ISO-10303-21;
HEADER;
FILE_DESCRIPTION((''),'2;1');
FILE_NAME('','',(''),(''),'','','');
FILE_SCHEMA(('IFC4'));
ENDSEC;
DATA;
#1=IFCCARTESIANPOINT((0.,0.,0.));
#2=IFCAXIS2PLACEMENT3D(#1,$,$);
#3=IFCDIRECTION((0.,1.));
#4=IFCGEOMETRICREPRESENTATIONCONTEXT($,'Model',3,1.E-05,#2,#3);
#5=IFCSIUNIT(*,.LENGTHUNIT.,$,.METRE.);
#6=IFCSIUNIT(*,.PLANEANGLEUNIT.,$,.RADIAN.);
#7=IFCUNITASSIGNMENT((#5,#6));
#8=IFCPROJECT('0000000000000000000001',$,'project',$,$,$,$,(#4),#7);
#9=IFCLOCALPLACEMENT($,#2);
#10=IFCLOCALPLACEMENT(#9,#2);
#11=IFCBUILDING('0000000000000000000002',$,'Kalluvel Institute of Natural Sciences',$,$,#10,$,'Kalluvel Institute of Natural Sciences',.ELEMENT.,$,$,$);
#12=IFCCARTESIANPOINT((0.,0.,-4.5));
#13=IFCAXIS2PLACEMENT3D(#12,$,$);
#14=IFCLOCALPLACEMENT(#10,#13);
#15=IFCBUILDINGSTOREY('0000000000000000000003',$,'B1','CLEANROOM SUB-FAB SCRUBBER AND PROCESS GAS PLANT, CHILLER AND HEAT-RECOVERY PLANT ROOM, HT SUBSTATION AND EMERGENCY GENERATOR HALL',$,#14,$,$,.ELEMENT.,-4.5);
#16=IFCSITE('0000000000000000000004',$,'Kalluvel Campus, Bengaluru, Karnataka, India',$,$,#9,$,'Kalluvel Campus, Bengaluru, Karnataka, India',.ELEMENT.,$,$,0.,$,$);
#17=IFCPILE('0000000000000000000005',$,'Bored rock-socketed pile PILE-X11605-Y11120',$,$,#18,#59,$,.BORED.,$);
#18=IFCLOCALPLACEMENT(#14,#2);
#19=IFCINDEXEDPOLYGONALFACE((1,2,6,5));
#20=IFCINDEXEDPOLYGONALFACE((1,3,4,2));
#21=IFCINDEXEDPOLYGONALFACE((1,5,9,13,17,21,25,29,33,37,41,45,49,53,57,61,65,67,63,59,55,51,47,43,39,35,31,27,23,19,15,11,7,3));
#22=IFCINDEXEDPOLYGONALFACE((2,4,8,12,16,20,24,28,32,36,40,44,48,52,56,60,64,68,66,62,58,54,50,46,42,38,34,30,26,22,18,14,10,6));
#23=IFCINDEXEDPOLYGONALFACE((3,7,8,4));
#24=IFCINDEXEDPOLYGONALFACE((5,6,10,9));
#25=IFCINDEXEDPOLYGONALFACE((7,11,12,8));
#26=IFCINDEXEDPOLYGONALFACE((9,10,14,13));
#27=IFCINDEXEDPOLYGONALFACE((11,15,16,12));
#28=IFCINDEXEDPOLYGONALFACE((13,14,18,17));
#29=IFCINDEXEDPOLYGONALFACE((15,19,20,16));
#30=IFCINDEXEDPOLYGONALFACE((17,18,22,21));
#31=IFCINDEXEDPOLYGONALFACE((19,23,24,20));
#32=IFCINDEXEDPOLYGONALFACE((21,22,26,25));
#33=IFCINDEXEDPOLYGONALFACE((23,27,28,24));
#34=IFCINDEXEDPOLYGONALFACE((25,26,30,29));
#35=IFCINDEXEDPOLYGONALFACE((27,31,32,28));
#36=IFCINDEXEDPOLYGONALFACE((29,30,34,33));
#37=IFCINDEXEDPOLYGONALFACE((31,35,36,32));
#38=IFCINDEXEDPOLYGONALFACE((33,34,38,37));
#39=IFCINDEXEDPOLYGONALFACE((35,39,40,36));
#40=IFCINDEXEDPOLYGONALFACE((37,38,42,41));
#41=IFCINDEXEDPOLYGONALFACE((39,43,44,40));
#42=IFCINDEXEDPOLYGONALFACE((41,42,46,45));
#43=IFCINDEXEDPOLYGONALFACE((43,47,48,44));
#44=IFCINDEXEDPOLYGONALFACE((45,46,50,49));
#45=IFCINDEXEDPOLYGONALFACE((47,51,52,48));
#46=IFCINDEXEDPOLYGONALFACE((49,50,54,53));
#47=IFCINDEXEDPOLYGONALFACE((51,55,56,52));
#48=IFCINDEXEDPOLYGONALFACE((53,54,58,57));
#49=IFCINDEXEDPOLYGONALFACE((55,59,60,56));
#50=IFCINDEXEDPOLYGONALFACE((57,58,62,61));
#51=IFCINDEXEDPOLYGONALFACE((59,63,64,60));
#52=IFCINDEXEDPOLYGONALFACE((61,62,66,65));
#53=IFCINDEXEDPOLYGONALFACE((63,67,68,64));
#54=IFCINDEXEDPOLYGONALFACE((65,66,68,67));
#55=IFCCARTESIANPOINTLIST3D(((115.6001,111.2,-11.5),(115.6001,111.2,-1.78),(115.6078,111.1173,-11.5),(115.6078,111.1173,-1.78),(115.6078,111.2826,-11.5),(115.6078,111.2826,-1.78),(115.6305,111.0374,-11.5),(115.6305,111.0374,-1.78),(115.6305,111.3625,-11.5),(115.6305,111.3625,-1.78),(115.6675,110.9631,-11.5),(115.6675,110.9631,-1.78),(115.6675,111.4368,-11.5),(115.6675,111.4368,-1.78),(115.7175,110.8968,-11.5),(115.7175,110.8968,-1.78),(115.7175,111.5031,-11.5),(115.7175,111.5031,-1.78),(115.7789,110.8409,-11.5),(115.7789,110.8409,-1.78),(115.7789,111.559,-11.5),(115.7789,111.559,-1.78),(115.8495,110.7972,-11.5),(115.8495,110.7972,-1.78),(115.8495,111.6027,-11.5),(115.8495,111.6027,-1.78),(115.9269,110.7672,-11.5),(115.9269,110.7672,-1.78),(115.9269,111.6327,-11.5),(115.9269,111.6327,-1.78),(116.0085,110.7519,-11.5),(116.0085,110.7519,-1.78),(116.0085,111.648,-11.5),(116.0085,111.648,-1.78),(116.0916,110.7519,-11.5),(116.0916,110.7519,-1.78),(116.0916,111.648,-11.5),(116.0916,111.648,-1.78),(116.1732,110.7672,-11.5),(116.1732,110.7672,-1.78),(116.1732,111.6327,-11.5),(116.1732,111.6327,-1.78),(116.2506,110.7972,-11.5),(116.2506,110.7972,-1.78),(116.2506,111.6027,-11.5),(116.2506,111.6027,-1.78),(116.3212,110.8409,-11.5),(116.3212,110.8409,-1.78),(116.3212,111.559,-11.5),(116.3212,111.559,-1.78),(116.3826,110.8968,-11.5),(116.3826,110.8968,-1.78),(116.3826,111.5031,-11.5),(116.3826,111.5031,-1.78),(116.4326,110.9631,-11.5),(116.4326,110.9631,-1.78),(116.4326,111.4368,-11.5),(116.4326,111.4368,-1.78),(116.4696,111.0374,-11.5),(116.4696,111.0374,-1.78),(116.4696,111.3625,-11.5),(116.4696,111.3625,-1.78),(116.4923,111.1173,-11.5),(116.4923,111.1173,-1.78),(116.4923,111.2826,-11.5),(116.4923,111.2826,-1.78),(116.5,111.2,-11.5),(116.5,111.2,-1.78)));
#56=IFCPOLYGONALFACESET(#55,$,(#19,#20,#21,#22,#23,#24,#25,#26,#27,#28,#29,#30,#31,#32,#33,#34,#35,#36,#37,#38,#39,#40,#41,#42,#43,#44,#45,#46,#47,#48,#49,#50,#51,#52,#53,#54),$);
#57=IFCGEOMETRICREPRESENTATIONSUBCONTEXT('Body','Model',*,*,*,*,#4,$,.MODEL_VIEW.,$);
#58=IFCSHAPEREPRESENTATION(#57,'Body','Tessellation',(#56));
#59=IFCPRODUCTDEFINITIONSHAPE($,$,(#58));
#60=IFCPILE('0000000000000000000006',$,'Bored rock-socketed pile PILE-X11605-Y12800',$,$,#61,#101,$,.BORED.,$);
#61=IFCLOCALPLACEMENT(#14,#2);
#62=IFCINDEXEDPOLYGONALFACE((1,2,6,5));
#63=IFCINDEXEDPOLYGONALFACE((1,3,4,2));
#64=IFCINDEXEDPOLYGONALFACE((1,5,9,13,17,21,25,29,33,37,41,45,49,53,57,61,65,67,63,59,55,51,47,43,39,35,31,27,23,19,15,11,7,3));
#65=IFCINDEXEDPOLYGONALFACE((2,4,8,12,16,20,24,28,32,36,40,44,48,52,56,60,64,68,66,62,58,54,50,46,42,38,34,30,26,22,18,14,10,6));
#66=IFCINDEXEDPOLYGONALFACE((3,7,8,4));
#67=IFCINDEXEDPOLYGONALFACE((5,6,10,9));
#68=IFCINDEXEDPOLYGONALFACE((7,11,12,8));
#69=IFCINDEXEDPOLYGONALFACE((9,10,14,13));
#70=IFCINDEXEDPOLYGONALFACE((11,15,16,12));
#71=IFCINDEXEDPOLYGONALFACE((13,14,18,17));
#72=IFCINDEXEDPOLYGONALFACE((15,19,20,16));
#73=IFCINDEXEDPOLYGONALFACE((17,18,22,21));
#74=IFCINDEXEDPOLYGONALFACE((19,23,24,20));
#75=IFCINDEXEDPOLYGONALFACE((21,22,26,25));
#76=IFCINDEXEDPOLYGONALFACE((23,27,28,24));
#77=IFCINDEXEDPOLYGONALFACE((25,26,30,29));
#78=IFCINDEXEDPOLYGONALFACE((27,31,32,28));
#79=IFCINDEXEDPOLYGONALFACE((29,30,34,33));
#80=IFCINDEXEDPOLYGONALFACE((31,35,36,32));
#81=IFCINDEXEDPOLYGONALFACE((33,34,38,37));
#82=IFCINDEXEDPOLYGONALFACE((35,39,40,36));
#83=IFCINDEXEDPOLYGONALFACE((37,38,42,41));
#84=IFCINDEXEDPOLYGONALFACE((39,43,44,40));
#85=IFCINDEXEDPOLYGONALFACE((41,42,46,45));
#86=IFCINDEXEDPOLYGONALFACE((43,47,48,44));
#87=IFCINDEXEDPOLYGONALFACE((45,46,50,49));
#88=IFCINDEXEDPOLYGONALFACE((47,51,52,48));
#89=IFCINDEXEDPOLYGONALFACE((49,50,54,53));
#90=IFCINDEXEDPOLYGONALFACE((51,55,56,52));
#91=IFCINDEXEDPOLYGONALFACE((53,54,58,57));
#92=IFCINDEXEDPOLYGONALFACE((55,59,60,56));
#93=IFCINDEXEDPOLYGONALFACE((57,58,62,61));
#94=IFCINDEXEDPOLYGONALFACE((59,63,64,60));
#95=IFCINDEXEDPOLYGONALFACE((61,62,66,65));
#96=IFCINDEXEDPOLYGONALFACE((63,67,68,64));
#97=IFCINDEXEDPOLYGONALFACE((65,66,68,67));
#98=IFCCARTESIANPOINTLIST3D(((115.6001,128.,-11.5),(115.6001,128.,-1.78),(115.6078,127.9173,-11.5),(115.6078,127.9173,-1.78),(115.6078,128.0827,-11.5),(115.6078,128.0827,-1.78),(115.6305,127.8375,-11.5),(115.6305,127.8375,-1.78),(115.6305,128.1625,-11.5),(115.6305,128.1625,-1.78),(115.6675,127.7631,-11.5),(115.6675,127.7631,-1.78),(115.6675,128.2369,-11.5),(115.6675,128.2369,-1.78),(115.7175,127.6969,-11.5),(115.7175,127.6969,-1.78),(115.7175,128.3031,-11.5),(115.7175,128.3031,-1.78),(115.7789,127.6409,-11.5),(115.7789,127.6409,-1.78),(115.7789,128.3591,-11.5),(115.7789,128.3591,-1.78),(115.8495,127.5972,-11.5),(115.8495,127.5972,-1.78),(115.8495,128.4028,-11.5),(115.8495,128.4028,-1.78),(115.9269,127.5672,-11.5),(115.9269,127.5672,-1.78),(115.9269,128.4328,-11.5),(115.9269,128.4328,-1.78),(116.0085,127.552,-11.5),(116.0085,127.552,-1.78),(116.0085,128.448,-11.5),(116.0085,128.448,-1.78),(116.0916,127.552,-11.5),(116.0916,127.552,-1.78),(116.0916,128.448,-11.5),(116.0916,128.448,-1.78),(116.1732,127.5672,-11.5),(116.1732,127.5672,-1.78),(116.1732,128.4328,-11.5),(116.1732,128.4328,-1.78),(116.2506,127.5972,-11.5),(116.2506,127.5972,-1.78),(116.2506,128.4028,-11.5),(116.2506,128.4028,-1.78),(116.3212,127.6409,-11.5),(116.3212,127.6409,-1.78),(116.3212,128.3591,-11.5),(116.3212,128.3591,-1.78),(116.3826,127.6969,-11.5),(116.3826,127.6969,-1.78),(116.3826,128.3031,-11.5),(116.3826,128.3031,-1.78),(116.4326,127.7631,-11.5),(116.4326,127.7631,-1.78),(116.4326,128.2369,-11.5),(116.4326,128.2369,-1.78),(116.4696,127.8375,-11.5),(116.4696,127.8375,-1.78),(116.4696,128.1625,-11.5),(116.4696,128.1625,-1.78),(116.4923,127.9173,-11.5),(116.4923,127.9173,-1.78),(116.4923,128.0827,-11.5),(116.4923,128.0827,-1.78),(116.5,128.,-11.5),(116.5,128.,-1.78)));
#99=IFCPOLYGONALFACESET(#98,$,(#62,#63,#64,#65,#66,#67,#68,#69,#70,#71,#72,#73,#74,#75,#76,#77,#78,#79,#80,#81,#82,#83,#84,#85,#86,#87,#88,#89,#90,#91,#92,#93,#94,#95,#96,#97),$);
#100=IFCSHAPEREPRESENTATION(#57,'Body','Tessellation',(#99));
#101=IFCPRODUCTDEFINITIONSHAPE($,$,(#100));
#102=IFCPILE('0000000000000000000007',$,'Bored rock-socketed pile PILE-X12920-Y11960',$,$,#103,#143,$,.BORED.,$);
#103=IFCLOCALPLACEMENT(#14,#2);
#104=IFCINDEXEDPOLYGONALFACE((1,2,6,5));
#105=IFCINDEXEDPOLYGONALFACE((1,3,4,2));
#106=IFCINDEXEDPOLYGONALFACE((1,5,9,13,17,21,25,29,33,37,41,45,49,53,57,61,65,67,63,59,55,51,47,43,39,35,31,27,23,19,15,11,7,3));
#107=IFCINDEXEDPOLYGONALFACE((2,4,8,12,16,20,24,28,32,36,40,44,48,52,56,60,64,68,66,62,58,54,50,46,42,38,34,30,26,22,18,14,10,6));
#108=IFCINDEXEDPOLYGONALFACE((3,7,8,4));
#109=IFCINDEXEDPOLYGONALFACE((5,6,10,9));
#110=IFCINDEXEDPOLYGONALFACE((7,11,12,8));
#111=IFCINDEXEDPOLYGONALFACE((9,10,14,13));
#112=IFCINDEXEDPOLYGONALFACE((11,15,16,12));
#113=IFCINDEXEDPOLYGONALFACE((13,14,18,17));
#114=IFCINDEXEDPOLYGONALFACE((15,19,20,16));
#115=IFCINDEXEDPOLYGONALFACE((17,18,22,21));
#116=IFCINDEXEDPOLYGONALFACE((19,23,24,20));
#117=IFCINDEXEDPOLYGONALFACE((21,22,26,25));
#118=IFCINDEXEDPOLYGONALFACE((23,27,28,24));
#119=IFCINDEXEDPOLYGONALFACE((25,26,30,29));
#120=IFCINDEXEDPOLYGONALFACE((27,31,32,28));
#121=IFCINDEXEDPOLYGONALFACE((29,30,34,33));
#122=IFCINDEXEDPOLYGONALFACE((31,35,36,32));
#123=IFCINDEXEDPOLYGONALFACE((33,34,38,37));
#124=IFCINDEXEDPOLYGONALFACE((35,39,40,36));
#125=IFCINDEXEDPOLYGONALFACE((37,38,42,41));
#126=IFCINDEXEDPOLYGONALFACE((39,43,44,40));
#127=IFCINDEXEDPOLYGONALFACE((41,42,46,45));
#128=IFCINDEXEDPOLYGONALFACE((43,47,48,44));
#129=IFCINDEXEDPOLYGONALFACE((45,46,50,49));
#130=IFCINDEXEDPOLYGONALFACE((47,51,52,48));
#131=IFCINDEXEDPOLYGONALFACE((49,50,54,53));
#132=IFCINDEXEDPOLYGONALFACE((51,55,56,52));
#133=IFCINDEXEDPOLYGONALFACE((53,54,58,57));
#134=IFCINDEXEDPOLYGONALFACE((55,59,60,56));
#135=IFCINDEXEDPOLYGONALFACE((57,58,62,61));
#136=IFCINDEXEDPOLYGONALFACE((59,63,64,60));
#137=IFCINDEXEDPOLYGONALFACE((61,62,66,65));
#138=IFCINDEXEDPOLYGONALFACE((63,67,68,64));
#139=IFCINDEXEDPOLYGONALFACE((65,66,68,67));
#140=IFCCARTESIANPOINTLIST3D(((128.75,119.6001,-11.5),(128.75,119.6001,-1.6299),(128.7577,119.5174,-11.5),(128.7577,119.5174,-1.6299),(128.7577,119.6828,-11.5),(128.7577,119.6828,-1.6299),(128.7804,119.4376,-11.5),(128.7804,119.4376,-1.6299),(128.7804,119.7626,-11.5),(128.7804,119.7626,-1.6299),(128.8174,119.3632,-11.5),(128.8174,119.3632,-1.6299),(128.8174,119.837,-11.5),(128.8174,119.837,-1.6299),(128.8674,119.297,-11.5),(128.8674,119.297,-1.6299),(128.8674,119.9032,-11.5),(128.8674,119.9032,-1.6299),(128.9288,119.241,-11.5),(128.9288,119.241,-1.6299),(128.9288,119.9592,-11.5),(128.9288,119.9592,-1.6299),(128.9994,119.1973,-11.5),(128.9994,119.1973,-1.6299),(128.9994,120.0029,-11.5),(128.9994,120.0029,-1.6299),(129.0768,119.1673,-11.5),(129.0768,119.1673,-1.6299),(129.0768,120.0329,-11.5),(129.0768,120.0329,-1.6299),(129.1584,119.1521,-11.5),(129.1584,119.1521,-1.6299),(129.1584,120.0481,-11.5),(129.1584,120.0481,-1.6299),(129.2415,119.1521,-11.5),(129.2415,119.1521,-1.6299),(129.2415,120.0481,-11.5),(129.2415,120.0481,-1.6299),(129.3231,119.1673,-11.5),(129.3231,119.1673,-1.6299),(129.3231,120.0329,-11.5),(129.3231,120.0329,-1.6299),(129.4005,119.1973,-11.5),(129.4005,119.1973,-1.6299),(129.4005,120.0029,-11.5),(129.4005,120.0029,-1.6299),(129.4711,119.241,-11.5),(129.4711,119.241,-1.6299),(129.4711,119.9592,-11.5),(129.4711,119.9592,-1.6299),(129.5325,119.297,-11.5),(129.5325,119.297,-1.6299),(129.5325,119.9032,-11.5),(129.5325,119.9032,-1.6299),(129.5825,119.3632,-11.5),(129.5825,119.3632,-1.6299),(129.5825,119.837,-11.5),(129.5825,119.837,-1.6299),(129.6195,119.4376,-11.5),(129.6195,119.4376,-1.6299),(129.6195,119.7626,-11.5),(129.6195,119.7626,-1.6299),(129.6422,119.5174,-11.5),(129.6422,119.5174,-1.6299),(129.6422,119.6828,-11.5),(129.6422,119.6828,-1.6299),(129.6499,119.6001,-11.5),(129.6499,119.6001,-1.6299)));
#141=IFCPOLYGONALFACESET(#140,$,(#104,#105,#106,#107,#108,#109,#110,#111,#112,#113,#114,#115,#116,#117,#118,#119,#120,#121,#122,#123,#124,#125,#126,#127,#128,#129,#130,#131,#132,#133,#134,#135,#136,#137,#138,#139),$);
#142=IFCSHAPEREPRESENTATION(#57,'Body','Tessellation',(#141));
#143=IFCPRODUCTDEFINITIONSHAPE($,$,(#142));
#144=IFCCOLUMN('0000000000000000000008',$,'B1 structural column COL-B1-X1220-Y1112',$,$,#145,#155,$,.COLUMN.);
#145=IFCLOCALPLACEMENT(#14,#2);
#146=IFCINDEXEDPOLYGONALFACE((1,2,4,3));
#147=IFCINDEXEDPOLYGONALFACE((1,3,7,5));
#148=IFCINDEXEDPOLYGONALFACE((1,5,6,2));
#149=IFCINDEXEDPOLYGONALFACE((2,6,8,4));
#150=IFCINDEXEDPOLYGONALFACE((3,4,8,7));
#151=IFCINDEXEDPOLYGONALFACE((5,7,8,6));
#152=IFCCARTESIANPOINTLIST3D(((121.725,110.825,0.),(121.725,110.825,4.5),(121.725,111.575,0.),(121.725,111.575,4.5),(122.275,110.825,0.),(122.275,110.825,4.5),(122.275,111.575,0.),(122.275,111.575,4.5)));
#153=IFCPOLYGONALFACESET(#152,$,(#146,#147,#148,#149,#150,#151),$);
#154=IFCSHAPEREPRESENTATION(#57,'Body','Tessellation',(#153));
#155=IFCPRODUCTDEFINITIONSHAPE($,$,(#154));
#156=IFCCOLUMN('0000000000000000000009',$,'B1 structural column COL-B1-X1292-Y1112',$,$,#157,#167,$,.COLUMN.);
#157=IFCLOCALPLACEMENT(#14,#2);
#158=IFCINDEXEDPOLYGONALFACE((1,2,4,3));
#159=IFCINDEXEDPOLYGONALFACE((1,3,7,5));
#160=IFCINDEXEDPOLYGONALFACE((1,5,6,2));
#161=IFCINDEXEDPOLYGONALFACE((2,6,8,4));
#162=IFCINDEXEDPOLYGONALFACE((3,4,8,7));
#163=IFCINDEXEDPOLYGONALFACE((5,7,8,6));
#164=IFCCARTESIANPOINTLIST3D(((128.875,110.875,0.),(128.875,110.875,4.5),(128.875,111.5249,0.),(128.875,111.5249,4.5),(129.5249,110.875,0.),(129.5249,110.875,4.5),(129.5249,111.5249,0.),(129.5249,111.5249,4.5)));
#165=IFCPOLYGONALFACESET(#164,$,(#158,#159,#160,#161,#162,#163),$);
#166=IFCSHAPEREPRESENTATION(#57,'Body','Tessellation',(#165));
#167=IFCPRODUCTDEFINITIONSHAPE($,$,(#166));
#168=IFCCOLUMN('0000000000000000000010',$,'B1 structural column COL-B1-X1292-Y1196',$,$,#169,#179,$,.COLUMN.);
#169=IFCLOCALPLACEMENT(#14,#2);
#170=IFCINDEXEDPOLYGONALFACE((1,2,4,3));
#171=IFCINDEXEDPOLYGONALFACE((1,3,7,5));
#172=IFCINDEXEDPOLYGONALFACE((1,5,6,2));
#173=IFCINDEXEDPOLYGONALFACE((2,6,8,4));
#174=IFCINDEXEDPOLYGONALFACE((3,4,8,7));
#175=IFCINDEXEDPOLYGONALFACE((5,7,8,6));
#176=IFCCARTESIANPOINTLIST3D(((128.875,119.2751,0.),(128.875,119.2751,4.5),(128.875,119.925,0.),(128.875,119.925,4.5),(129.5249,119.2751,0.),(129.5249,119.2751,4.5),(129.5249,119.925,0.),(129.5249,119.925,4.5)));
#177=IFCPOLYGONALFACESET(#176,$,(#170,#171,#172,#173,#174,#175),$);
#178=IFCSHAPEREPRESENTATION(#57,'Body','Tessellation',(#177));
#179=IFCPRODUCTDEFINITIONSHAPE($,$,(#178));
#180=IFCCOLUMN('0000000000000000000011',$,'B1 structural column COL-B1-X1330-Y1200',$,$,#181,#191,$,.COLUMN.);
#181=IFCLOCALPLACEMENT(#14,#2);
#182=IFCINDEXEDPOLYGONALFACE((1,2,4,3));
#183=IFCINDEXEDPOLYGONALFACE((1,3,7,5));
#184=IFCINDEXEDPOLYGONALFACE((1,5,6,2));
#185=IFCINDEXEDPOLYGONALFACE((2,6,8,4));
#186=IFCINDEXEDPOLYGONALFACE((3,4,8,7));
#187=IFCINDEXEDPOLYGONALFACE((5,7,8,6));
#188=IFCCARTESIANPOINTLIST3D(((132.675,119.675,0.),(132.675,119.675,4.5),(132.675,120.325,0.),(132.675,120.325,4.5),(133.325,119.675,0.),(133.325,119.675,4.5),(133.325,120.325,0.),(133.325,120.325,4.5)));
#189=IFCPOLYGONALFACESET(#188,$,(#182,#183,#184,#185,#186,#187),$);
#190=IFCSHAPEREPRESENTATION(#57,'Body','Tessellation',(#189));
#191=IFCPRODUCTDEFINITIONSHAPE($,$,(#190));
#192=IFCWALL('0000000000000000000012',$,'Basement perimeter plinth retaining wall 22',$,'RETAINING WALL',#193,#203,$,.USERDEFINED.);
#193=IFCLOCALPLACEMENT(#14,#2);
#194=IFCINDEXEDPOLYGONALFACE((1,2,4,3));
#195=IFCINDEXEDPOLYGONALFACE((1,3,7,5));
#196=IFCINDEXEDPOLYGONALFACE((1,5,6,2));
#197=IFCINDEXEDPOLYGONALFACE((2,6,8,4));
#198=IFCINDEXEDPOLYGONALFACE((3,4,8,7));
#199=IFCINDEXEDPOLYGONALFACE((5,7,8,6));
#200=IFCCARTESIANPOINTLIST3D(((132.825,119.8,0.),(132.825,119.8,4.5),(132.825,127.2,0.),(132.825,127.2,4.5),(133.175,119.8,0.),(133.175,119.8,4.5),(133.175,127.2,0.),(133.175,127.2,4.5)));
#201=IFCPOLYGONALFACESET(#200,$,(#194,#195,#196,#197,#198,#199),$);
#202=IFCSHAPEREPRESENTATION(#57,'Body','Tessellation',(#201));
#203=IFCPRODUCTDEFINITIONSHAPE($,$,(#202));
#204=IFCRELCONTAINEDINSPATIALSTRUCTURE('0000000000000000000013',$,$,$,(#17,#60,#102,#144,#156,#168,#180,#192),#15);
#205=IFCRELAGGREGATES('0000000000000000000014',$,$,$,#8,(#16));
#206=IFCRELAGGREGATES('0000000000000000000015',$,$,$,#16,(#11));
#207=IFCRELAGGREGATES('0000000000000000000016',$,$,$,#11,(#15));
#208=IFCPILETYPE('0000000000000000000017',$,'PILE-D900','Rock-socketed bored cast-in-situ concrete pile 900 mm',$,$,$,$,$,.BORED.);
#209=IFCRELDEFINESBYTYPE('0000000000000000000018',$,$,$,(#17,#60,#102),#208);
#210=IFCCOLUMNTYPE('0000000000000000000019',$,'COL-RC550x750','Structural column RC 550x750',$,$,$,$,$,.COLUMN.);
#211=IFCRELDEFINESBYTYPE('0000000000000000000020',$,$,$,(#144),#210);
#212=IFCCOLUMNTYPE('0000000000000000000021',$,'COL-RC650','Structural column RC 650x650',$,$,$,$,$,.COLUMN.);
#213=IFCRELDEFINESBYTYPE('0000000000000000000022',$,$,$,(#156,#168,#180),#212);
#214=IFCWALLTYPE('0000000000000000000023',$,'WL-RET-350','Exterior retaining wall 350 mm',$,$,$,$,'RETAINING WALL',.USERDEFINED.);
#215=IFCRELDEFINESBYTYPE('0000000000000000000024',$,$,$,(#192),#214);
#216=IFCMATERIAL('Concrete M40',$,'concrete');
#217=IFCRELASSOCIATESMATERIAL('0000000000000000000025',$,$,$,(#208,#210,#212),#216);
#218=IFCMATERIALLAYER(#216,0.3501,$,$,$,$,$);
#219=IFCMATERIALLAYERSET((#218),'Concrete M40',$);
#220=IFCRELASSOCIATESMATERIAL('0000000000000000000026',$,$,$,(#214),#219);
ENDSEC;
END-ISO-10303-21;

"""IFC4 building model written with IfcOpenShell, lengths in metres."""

from ifc_helpers import new_model, si_unit, direction, frame, frame_2d, origin, origin_2d, place, context, subcontext, project, spatial, rectangle, circle, extrude, material, layer, layer_set, material_profile, profile_set, type_object, element, save


model = new_model("IFC4")

# Units and contexts
model_context = context("Model", 3, precision=1e-05, world=origin(), true_north=direction((0.0, 1.0)))
body_context = subcontext(model_context, "Body", "Model", "MODEL_VIEW")
ifc_project = project(units=[si_unit("LENGTHUNIT", "METRE"), si_unit("PLANEANGLEUNIT", "RADIAN")], contexts=[model_context])

# Site, building, storey
site_placement = place(None, origin())
site = spatial("IfcSite", under=ifc_project, at=site_placement, Name="Kalluvel Campus, Bengaluru, Karnataka, India", LongName="Kalluvel Campus, Bengaluru, Karnataka, India", CompositionType="ELEMENT", RefElevation=0.0)
building_placement = place(site_placement, origin())
building = spatial("IfcBuilding", under=site, at=building_placement, Name="Kalluvel Institute of Natural Sciences", LongName="Kalluvel Institute of Natural Sciences", CompositionType="ELEMENT")
storey_placement = place(building_placement, frame((0.0, 0.0, -4.5)))
storey = spatial("IfcBuildingStorey", under=building, at=storey_placement, Name="B1", Description="CLEANROOM SUB-FAB SCRUBBER AND PROCESS GAS PLANT, CHILLER AND HEAT-RECOVERY PLANT ROOM, HT SUBSTATION AND EMERGENCY GENERATOR HALL", CompositionType="ELEMENT", Elevation=-4.5)

# Shared definitions
ifc_material = material(Name="Concrete M40", Category="concrete")

# Piles
ifc_material_profile_1 = material_profile(ifc_material, circle(Radius=0.45, at=origin_2d()), Name="PILE D900")
ifc_profile_set_1 = profile_set([ifc_material_profile_1], Name="Concrete M40")
pile_type_1 = type_object("IfcPileType", Name="PILE-D900", Description="Rock-socketed bored cast-in-situ concrete pile 900 mm", PredefinedType="BORED", material=ifc_profile_set_1)
for number, where, z_axis, x_axis, name in (
    (1, (116.05, 111.2, -1.78), (0.0, 0.0, -1.0), (1.0, 0.0, 0.0), "Bored rock-socketed pile PILE-X11605-Y11120"),
    (2, (116.05, 128.0, -1.78), (0.0, 0.0, -1.0), (1.0, 0.0, 0.0), "Bored rock-socketed pile PILE-X11605-Y12800"),
):
    element("IfcPile", number, at=place(storey_placement, frame(where, z_axis=z_axis, x_axis=x_axis)), inside=storey, type_object=pile_type_1, Name=name, PredefinedType="BORED", context=body_context, shape_type="SweptSolid", body=[
        extrude(circle(Radius=0.45, at=origin_2d()), origin(), (0.0, 0.0, 1.0), 9.72),
    ])
pile_1_placement = place(storey_placement, frame((129.2, 119.6001, -1.6299), z_axis=(0.0, 0.0, -1.0), x_axis=(1.0, 0.0, 0.0)))
element("IfcPile", 3, at=pile_1_placement, inside=storey, type_object=pile_type_1, Name="Bored rock-socketed pile PILE-X12920-Y11960", PredefinedType="BORED", context=body_context, shape_type="SweptSolid", body=[
    extrude(circle(Radius=0.45, at=origin_2d()), origin(), (0.0, 0.0, 1.0), 9.8701),
])

# Columns
ifc_material_profile_2 = material_profile(ifc_material, rectangle(XDim=0.55, YDim=0.75, at=origin_2d()), Name="RC 550x750")
ifc_profile_set_2 = profile_set([ifc_material_profile_2], Name="Concrete M40")
column_type_1 = type_object("IfcColumnType", Name="COL-RC550x750", Description="Structural column RC 550x750", PredefinedType="COLUMN", material=ifc_profile_set_2)
column_placement = place(storey_placement, frame((122.0, 111.2, 0.0), z_axis=(0.0, 0.0, 1.0), x_axis=(1.0, 0.0, 0.0)))
element("IfcColumn", 4, at=column_placement, inside=storey, type_object=column_type_1, Name="B1 structural column COL-B1-X1220-Y1112", PredefinedType="COLUMN", context=body_context, shape_type="SweptSolid", body=[
    extrude(rectangle(XDim=0.55, YDim=0.75, at=origin_2d()), origin(), (0.0, 0.0, 1.0), 4.5),
])
ifc_material_profile_3 = material_profile(ifc_material, rectangle(XDim=0.6499, YDim=0.6499, at=origin_2d()), Name="RC 650x650")
ifc_profile_set_3 = profile_set([ifc_material_profile_3], Name="Concrete M40")
column_type_2 = type_object("IfcColumnType", Name="COL-RC650", Description="Structural column RC 650x650", PredefinedType="COLUMN", material=ifc_profile_set_3)
for number, where, z_axis, x_axis, name in (
    (5, (129.2, 111.2, 0.0), (0.0, 0.0, 1.0), (1.0, 0.0, 0.0), "B1 structural column COL-B1-X1292-Y1112"),
    (6, (129.2, 119.6001, 0.0), (0.0, 0.0, 1.0), (1.0, 0.0, 0.0), "B1 structural column COL-B1-X1292-Y1196"),
    (7, (133.0, 120.0, 0.0), (0.0, 0.0, 1.0), (1.0, 0.0, 0.0), "B1 structural column COL-B1-X1330-Y1200"),
):
    element("IfcColumn", number, at=place(storey_placement, frame(where, z_axis=z_axis, x_axis=x_axis)), inside=storey, type_object=column_type_2, Name=name, PredefinedType="COLUMN", context=body_context, shape_type="SweptSolid", body=[
        extrude(rectangle(XDim=0.6499, YDim=0.6499, at=origin_2d()), origin(), (0.0, 0.0, 1.0), 4.5),
    ])

# Wall
ifc_layer = layer(ifc_material, 0.3501)
ifc_layer_set = layer_set([ifc_layer], Name="Concrete M40")
wall_type = type_object("IfcWallType", Name="WL-RET-350", Description="Exterior retaining wall 350 mm", ElementType="RETAINING WALL", PredefinedType="USERDEFINED", material=ifc_layer_set)
wall_placement = place(storey_placement, frame((133.0, 119.8, 0.0), z_axis=(0.0, 0.0, 1.0), x_axis=(0.0, 1.0, 0.0)))
element("IfcWall", 8, at=wall_placement, inside=storey, type_object=wall_type, Name="Basement perimeter plinth retaining wall 22", ObjectType="RETAINING WALL", PredefinedType="USERDEFINED", context=body_context, shape_type="SweptSolid", body=[
    extrude(rectangle(XDim=7.3999, YDim=0.3501, at=frame_2d((3.7, 0.0))), origin(), (0.0, 0.0, 1.0), 4.5),
])

save(model, "model.ifc")
